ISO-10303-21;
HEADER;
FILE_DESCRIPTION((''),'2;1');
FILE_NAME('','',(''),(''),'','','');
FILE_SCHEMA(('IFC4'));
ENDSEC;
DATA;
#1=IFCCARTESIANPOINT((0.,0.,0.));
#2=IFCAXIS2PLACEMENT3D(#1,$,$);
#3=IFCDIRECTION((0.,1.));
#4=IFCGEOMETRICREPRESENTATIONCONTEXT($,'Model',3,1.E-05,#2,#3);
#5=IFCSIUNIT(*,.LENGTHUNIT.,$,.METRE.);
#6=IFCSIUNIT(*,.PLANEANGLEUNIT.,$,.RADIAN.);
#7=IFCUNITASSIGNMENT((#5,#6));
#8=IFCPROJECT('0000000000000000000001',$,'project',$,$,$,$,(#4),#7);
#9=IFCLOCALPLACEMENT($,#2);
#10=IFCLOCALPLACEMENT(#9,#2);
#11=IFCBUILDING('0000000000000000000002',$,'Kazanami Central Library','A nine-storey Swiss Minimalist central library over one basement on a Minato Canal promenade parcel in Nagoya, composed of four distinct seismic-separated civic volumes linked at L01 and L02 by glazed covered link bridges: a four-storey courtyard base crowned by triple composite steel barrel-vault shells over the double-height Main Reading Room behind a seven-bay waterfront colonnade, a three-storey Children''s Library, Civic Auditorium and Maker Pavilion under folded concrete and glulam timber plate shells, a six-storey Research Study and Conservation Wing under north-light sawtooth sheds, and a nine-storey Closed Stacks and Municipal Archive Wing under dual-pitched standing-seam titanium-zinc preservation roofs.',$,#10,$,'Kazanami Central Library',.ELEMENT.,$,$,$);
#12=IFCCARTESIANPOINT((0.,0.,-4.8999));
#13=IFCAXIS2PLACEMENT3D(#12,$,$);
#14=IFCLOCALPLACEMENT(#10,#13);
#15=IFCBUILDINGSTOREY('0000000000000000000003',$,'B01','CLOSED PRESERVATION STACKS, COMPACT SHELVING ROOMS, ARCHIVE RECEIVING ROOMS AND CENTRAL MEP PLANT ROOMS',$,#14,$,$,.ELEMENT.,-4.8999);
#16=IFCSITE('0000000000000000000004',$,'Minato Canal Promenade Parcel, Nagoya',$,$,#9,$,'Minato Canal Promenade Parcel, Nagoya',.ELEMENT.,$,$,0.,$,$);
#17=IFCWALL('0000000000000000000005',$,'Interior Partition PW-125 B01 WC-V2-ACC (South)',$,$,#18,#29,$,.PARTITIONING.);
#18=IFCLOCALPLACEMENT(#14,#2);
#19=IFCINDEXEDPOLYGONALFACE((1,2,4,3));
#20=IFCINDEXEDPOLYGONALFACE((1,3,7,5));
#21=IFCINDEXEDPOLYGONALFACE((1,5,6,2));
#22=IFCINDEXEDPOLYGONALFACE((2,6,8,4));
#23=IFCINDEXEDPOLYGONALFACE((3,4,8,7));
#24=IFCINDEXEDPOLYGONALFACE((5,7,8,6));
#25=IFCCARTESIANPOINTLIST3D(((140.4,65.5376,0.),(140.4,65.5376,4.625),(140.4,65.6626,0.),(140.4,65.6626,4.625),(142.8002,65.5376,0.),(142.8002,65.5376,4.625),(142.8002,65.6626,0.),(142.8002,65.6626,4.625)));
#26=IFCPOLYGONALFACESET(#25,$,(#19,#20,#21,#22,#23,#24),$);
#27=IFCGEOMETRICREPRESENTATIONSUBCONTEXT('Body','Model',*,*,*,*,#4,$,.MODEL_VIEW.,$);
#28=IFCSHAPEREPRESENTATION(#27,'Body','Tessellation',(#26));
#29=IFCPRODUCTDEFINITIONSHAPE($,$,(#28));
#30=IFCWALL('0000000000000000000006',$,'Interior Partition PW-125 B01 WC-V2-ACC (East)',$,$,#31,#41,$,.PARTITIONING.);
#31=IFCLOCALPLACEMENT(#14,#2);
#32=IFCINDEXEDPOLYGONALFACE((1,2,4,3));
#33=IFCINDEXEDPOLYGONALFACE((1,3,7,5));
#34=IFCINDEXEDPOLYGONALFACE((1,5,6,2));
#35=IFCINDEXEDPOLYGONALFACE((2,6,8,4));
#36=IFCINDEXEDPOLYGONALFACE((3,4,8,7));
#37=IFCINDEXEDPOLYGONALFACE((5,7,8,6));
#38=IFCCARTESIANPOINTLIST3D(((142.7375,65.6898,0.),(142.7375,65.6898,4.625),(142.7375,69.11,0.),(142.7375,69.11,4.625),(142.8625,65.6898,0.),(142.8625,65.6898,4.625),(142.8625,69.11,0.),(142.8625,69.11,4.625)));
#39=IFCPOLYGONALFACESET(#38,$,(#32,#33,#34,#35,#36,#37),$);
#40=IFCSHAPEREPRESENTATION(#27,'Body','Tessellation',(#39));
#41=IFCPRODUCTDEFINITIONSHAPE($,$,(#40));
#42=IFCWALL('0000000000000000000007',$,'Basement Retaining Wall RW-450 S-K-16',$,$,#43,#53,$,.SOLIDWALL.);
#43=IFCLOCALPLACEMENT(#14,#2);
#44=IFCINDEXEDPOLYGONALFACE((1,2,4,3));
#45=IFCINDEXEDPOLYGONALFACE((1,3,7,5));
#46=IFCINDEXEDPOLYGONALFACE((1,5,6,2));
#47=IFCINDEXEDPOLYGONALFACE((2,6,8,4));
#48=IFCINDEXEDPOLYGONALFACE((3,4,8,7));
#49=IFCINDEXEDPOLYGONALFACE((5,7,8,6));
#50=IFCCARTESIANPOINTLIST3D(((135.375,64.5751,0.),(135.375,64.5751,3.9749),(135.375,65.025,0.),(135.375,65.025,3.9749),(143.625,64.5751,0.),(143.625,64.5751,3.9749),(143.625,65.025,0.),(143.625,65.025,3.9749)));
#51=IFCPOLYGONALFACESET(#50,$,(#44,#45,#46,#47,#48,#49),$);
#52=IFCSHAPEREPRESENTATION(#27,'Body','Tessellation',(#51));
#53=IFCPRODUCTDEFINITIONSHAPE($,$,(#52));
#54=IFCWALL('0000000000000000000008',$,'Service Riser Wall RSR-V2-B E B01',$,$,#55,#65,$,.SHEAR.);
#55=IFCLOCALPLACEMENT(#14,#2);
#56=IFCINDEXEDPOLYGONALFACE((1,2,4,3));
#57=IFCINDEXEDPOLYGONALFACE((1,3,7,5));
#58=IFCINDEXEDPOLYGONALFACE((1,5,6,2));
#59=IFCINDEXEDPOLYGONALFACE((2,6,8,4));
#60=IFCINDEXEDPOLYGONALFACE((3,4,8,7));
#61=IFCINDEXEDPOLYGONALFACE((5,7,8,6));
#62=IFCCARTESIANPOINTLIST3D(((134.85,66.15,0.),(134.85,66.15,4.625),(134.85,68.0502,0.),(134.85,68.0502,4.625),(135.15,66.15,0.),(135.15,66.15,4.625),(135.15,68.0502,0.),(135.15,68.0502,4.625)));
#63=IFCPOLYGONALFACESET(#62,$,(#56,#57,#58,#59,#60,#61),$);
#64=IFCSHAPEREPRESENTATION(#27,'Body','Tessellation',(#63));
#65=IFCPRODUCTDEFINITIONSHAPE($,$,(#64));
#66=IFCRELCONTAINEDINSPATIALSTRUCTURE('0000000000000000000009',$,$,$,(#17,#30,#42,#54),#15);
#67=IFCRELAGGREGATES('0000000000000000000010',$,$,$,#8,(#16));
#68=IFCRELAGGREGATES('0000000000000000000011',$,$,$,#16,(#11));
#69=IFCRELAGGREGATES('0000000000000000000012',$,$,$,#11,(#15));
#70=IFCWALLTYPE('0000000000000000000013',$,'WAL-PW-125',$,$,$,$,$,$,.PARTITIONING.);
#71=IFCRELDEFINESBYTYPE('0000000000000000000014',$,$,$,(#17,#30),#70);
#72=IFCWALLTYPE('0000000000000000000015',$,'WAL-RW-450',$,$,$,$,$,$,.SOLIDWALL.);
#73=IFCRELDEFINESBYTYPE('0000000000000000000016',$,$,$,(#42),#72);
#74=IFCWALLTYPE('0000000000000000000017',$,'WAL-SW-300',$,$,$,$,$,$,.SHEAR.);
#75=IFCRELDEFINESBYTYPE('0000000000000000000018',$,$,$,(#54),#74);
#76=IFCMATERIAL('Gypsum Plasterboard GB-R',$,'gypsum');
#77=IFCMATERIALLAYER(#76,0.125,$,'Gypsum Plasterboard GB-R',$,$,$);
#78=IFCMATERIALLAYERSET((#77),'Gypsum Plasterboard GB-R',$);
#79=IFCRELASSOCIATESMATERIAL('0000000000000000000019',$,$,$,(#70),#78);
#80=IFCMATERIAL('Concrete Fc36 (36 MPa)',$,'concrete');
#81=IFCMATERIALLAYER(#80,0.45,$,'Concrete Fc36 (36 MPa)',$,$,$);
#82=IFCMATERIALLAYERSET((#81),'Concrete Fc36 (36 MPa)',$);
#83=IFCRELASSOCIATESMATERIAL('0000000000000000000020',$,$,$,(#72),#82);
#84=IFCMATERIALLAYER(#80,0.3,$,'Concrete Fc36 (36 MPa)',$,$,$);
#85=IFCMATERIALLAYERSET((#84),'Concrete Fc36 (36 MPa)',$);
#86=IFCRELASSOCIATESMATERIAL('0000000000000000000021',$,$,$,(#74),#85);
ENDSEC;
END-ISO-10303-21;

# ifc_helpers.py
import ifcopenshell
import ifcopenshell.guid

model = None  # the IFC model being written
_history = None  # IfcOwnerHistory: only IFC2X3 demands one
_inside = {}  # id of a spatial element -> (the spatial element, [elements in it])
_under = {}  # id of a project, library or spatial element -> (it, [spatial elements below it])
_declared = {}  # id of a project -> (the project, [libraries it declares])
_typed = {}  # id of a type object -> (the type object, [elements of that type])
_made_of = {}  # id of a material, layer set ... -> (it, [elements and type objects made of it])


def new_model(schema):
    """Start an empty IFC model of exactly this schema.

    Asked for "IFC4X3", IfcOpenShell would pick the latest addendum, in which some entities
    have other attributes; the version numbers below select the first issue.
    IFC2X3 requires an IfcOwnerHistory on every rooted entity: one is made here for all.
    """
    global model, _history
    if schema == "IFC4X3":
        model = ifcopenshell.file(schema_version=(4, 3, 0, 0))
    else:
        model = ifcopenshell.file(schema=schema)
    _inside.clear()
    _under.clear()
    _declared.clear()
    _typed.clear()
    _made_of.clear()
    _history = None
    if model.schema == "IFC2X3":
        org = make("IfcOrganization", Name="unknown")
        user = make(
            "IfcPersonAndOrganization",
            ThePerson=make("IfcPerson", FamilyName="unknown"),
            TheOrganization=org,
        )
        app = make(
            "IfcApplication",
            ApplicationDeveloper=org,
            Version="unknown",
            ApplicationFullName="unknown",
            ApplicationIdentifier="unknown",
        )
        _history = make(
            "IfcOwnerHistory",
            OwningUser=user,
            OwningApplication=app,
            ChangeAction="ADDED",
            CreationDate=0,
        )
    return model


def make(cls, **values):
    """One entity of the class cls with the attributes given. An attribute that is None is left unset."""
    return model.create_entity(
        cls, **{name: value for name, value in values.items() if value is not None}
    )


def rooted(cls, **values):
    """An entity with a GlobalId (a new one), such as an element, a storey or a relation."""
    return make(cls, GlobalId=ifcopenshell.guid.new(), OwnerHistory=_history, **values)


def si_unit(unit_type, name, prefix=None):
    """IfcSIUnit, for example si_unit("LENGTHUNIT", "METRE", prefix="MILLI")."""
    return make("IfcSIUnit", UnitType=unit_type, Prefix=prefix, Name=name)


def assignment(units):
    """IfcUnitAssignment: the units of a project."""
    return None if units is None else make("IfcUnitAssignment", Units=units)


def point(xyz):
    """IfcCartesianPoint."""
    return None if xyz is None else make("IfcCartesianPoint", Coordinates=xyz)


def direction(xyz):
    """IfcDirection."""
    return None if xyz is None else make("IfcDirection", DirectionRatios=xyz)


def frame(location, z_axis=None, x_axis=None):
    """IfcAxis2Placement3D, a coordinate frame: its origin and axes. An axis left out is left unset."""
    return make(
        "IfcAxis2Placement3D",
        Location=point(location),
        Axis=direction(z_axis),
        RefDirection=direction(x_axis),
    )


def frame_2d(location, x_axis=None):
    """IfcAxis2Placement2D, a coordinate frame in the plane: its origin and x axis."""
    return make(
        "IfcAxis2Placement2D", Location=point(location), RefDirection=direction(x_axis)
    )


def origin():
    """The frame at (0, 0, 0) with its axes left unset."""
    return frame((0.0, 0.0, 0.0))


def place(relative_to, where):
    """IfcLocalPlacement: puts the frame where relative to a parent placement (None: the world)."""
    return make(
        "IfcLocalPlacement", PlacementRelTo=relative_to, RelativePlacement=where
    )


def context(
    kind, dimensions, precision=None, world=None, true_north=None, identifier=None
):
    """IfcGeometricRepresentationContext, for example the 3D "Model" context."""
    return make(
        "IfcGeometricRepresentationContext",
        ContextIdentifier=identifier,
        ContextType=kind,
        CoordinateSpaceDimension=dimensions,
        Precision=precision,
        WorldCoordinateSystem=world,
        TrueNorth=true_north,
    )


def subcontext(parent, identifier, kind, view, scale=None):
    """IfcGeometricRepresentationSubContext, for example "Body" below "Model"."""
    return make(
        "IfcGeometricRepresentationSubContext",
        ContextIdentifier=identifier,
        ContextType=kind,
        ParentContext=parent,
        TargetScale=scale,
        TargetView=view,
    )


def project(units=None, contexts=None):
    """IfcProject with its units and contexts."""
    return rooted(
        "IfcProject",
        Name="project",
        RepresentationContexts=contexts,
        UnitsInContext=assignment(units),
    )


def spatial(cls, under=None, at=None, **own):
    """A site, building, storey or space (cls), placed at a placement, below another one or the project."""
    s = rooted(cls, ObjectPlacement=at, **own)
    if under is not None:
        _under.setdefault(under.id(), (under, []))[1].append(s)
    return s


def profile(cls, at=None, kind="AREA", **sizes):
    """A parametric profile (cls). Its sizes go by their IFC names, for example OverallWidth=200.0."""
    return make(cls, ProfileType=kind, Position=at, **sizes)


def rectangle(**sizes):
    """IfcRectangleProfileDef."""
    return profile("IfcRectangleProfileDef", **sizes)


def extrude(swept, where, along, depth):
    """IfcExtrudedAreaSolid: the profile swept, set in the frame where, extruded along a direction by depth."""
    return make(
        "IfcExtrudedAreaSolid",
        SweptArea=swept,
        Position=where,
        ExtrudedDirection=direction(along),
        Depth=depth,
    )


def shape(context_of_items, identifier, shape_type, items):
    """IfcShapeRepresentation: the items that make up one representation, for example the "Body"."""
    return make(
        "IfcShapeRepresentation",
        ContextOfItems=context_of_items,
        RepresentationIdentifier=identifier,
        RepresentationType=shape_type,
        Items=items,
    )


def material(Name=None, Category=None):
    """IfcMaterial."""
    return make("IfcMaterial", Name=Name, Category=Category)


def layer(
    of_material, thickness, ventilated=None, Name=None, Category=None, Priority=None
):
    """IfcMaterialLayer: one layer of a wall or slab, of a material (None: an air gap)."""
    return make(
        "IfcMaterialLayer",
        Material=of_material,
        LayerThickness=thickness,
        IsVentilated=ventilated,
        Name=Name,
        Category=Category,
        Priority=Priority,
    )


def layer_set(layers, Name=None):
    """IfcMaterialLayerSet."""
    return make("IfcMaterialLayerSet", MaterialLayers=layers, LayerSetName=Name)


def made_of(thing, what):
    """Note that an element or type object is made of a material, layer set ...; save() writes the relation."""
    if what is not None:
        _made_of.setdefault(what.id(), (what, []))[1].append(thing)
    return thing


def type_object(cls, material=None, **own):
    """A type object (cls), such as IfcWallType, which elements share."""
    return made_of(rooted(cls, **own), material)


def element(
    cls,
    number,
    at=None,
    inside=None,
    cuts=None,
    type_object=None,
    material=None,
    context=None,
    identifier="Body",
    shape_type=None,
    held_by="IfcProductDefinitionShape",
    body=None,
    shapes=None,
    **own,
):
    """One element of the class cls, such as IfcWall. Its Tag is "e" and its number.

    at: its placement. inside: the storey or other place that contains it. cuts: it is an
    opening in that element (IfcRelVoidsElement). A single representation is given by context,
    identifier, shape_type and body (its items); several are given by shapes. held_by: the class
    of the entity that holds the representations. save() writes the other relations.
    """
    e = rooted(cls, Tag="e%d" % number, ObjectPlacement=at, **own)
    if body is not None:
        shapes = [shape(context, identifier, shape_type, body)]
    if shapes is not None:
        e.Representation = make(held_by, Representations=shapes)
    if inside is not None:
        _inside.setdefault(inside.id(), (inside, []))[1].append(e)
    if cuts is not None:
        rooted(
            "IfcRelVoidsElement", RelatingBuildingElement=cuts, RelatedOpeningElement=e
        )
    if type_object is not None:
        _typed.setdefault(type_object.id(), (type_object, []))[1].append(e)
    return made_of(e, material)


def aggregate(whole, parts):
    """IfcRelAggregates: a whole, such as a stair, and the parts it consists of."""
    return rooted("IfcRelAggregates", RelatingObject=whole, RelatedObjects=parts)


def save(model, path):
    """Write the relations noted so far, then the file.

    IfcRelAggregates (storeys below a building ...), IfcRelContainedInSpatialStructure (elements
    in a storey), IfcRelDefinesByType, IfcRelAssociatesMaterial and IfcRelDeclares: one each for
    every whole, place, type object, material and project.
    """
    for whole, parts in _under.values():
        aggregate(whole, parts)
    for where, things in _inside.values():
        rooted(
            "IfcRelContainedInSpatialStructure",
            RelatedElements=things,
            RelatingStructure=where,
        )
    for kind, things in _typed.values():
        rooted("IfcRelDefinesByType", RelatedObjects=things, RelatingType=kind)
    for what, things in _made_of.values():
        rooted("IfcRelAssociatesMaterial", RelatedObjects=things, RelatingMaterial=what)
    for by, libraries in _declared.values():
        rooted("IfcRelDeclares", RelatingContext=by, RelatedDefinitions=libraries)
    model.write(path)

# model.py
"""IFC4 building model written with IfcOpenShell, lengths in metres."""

from ifc_helpers import new_model, si_unit, direction, frame, frame_2d, origin, place, context, subcontext, project, spatial, rectangle, extrude, material, layer, layer_set, type_object, element, save


model = new_model("IFC4")

# Units and contexts
model_context = context("Model", 3, precision=1e-05, world=origin(), true_north=direction((0.0, 1.0)))
body_context = subcontext(model_context, "Body", "Model", "MODEL_VIEW")
ifc_project = project(units=[si_unit("LENGTHUNIT", "METRE"), si_unit("PLANEANGLEUNIT", "RADIAN")], contexts=[model_context])

# Site, building, storey
site_placement = place(None, origin())
site = spatial("IfcSite", under=ifc_project, at=site_placement, Name="Minato Canal Promenade Parcel, Nagoya", LongName="Minato Canal Promenade Parcel, Nagoya", CompositionType="ELEMENT", RefElevation=0.0)
building_placement = place(site_placement, origin())
building = spatial("IfcBuilding", under=site, at=building_placement, Name="Kazanami Central Library", Description="A nine-storey Swiss Minimalist central library over one basement on a Minato Canal promenade parcel in Nagoya, composed of four distinct seismic-separated civic volumes linked at L01 and L02 by glazed covered link bridges: a four-storey courtyard base crowned by triple composite steel barrel-vault shells over the double-height Main Reading Room behind a seven-bay waterfront colonnade, a three-storey Children's Library, Civic Auditorium and Maker Pavilion under folded concrete and glulam timber plate shells, a six-storey Research Study and Conservation Wing under north-light sawtooth sheds, and a nine-storey Closed Stacks and Municipal Archive Wing under dual-pitched standing-seam titanium-zinc preservation roofs.", LongName="Kazanami Central Library", CompositionType="ELEMENT")
storey_placement = place(building_placement, frame((0.0, 0.0, -4.8999)))
storey = spatial("IfcBuildingStorey", under=building, at=storey_placement, Name="B01", Description="CLOSED PRESERVATION STACKS, COMPACT SHELVING ROOMS, ARCHIVE RECEIVING ROOMS AND CENTRAL MEP PLANT ROOMS", CompositionType="ELEMENT", Elevation=-4.8999)

# Shared definitions
ifc_material_1 = material(Name="Concrete Fc36 (36 MPa)", Category="concrete")

# Walls
ifc_material_2 = material(Name="Gypsum Plasterboard GB-R", Category="gypsum")
ifc_layer_1 = layer(ifc_material_2, 0.125, Name="Gypsum Plasterboard GB-R")
ifc_layer_set_1 = layer_set([ifc_layer_1], Name="Gypsum Plasterboard GB-R")
wall_type_1 = type_object("IfcWallType", Name="WAL-PW-125", PredefinedType="PARTITIONING", material=ifc_layer_set_1)
wall_1_placement = place(storey_placement, frame((140.3999, 65.6001, 0.0), z_axis=(0.0, 0.0, 1.0), x_axis=(1.0, 0.0, 0.0)))
element("IfcWall", 1, at=wall_1_placement, inside=storey, type_object=wall_type_1, Name="Interior Partition PW-125 B01 WC-V2-ACC (South)", PredefinedType="PARTITIONING", context=body_context, shape_type="SweptSolid", body=[
    extrude(rectangle(XDim=2.4001, YDim=0.125, at=frame_2d((1.2002, 0.0))), origin(), (0.0, 0.0, 1.0), 4.625),
])
wall_2_placement = place(storey_placement, frame((142.8, 65.6899, 0.0), z_axis=(0.0, 0.0, 1.0), x_axis=(0.0, 1.0, 0.0)))
element("IfcWall", 2, at=wall_2_placement, inside=storey, type_object=wall_type_1, Name="Interior Partition PW-125 B01 WC-V2-ACC (East)", PredefinedType="PARTITIONING", context=body_context, shape_type="SweptSolid", body=[
    extrude(rectangle(XDim=3.4202, YDim=0.125, at=frame_2d((1.71, 0.0))), origin(), (0.0, 0.0, 1.0), 4.625),
])
ifc_layer_2 = layer(ifc_material_1, 0.45, Name="Concrete Fc36 (36 MPa)")
ifc_layer_set_2 = layer_set([ifc_layer_2], Name="Concrete Fc36 (36 MPa)")
wall_type_2 = type_object("IfcWallType", Name="WAL-RW-450", PredefinedType="SOLIDWALL", material=ifc_layer_set_2)
wall_3_placement = place(storey_placement, frame((135.375, 64.8, 0.0), z_axis=(0.0, 0.0, 1.0), x_axis=(1.0, 0.0, 0.0)))
element("IfcWall", 3, at=wall_3_placement, inside=storey, type_object=wall_type_2, Name="Basement Retaining Wall RW-450 S-K-16", PredefinedType="SOLIDWALL", context=body_context, shape_type="SweptSolid", body=[
    extrude(rectangle(XDim=8.25, YDim=0.45, at=frame_2d((4.125, 0.0))), origin(), (0.0, 0.0, 1.0), 3.9749),
])
ifc_layer_3 = layer(ifc_material_1, 0.3, Name="Concrete Fc36 (36 MPa)")
ifc_layer_set_3 = layer_set([ifc_layer_3], Name="Concrete Fc36 (36 MPa)")
wall_type_3 = type_object("IfcWallType", Name="WAL-SW-300", PredefinedType="SHEAR", material=ifc_layer_set_3)
wall_4_placement = place(storey_placement, frame((135.0, 66.1499, 0.0), z_axis=(0.0, 0.0, 1.0), x_axis=(0.0, 1.0, 0.0)))
element("IfcWall", 4, at=wall_4_placement, inside=storey, type_object=wall_type_3, Name="Service Riser Wall RSR-V2-B E B01", PredefinedType="SHEAR", context=body_context, shape_type="SweptSolid", body=[
    extrude(rectangle(XDim=1.9001, YDim=0.3, at=frame_2d((0.9502, 0.0))), origin(), (0.0, 0.0, 1.0), 4.625),
])

save(model, "model.ifc")
